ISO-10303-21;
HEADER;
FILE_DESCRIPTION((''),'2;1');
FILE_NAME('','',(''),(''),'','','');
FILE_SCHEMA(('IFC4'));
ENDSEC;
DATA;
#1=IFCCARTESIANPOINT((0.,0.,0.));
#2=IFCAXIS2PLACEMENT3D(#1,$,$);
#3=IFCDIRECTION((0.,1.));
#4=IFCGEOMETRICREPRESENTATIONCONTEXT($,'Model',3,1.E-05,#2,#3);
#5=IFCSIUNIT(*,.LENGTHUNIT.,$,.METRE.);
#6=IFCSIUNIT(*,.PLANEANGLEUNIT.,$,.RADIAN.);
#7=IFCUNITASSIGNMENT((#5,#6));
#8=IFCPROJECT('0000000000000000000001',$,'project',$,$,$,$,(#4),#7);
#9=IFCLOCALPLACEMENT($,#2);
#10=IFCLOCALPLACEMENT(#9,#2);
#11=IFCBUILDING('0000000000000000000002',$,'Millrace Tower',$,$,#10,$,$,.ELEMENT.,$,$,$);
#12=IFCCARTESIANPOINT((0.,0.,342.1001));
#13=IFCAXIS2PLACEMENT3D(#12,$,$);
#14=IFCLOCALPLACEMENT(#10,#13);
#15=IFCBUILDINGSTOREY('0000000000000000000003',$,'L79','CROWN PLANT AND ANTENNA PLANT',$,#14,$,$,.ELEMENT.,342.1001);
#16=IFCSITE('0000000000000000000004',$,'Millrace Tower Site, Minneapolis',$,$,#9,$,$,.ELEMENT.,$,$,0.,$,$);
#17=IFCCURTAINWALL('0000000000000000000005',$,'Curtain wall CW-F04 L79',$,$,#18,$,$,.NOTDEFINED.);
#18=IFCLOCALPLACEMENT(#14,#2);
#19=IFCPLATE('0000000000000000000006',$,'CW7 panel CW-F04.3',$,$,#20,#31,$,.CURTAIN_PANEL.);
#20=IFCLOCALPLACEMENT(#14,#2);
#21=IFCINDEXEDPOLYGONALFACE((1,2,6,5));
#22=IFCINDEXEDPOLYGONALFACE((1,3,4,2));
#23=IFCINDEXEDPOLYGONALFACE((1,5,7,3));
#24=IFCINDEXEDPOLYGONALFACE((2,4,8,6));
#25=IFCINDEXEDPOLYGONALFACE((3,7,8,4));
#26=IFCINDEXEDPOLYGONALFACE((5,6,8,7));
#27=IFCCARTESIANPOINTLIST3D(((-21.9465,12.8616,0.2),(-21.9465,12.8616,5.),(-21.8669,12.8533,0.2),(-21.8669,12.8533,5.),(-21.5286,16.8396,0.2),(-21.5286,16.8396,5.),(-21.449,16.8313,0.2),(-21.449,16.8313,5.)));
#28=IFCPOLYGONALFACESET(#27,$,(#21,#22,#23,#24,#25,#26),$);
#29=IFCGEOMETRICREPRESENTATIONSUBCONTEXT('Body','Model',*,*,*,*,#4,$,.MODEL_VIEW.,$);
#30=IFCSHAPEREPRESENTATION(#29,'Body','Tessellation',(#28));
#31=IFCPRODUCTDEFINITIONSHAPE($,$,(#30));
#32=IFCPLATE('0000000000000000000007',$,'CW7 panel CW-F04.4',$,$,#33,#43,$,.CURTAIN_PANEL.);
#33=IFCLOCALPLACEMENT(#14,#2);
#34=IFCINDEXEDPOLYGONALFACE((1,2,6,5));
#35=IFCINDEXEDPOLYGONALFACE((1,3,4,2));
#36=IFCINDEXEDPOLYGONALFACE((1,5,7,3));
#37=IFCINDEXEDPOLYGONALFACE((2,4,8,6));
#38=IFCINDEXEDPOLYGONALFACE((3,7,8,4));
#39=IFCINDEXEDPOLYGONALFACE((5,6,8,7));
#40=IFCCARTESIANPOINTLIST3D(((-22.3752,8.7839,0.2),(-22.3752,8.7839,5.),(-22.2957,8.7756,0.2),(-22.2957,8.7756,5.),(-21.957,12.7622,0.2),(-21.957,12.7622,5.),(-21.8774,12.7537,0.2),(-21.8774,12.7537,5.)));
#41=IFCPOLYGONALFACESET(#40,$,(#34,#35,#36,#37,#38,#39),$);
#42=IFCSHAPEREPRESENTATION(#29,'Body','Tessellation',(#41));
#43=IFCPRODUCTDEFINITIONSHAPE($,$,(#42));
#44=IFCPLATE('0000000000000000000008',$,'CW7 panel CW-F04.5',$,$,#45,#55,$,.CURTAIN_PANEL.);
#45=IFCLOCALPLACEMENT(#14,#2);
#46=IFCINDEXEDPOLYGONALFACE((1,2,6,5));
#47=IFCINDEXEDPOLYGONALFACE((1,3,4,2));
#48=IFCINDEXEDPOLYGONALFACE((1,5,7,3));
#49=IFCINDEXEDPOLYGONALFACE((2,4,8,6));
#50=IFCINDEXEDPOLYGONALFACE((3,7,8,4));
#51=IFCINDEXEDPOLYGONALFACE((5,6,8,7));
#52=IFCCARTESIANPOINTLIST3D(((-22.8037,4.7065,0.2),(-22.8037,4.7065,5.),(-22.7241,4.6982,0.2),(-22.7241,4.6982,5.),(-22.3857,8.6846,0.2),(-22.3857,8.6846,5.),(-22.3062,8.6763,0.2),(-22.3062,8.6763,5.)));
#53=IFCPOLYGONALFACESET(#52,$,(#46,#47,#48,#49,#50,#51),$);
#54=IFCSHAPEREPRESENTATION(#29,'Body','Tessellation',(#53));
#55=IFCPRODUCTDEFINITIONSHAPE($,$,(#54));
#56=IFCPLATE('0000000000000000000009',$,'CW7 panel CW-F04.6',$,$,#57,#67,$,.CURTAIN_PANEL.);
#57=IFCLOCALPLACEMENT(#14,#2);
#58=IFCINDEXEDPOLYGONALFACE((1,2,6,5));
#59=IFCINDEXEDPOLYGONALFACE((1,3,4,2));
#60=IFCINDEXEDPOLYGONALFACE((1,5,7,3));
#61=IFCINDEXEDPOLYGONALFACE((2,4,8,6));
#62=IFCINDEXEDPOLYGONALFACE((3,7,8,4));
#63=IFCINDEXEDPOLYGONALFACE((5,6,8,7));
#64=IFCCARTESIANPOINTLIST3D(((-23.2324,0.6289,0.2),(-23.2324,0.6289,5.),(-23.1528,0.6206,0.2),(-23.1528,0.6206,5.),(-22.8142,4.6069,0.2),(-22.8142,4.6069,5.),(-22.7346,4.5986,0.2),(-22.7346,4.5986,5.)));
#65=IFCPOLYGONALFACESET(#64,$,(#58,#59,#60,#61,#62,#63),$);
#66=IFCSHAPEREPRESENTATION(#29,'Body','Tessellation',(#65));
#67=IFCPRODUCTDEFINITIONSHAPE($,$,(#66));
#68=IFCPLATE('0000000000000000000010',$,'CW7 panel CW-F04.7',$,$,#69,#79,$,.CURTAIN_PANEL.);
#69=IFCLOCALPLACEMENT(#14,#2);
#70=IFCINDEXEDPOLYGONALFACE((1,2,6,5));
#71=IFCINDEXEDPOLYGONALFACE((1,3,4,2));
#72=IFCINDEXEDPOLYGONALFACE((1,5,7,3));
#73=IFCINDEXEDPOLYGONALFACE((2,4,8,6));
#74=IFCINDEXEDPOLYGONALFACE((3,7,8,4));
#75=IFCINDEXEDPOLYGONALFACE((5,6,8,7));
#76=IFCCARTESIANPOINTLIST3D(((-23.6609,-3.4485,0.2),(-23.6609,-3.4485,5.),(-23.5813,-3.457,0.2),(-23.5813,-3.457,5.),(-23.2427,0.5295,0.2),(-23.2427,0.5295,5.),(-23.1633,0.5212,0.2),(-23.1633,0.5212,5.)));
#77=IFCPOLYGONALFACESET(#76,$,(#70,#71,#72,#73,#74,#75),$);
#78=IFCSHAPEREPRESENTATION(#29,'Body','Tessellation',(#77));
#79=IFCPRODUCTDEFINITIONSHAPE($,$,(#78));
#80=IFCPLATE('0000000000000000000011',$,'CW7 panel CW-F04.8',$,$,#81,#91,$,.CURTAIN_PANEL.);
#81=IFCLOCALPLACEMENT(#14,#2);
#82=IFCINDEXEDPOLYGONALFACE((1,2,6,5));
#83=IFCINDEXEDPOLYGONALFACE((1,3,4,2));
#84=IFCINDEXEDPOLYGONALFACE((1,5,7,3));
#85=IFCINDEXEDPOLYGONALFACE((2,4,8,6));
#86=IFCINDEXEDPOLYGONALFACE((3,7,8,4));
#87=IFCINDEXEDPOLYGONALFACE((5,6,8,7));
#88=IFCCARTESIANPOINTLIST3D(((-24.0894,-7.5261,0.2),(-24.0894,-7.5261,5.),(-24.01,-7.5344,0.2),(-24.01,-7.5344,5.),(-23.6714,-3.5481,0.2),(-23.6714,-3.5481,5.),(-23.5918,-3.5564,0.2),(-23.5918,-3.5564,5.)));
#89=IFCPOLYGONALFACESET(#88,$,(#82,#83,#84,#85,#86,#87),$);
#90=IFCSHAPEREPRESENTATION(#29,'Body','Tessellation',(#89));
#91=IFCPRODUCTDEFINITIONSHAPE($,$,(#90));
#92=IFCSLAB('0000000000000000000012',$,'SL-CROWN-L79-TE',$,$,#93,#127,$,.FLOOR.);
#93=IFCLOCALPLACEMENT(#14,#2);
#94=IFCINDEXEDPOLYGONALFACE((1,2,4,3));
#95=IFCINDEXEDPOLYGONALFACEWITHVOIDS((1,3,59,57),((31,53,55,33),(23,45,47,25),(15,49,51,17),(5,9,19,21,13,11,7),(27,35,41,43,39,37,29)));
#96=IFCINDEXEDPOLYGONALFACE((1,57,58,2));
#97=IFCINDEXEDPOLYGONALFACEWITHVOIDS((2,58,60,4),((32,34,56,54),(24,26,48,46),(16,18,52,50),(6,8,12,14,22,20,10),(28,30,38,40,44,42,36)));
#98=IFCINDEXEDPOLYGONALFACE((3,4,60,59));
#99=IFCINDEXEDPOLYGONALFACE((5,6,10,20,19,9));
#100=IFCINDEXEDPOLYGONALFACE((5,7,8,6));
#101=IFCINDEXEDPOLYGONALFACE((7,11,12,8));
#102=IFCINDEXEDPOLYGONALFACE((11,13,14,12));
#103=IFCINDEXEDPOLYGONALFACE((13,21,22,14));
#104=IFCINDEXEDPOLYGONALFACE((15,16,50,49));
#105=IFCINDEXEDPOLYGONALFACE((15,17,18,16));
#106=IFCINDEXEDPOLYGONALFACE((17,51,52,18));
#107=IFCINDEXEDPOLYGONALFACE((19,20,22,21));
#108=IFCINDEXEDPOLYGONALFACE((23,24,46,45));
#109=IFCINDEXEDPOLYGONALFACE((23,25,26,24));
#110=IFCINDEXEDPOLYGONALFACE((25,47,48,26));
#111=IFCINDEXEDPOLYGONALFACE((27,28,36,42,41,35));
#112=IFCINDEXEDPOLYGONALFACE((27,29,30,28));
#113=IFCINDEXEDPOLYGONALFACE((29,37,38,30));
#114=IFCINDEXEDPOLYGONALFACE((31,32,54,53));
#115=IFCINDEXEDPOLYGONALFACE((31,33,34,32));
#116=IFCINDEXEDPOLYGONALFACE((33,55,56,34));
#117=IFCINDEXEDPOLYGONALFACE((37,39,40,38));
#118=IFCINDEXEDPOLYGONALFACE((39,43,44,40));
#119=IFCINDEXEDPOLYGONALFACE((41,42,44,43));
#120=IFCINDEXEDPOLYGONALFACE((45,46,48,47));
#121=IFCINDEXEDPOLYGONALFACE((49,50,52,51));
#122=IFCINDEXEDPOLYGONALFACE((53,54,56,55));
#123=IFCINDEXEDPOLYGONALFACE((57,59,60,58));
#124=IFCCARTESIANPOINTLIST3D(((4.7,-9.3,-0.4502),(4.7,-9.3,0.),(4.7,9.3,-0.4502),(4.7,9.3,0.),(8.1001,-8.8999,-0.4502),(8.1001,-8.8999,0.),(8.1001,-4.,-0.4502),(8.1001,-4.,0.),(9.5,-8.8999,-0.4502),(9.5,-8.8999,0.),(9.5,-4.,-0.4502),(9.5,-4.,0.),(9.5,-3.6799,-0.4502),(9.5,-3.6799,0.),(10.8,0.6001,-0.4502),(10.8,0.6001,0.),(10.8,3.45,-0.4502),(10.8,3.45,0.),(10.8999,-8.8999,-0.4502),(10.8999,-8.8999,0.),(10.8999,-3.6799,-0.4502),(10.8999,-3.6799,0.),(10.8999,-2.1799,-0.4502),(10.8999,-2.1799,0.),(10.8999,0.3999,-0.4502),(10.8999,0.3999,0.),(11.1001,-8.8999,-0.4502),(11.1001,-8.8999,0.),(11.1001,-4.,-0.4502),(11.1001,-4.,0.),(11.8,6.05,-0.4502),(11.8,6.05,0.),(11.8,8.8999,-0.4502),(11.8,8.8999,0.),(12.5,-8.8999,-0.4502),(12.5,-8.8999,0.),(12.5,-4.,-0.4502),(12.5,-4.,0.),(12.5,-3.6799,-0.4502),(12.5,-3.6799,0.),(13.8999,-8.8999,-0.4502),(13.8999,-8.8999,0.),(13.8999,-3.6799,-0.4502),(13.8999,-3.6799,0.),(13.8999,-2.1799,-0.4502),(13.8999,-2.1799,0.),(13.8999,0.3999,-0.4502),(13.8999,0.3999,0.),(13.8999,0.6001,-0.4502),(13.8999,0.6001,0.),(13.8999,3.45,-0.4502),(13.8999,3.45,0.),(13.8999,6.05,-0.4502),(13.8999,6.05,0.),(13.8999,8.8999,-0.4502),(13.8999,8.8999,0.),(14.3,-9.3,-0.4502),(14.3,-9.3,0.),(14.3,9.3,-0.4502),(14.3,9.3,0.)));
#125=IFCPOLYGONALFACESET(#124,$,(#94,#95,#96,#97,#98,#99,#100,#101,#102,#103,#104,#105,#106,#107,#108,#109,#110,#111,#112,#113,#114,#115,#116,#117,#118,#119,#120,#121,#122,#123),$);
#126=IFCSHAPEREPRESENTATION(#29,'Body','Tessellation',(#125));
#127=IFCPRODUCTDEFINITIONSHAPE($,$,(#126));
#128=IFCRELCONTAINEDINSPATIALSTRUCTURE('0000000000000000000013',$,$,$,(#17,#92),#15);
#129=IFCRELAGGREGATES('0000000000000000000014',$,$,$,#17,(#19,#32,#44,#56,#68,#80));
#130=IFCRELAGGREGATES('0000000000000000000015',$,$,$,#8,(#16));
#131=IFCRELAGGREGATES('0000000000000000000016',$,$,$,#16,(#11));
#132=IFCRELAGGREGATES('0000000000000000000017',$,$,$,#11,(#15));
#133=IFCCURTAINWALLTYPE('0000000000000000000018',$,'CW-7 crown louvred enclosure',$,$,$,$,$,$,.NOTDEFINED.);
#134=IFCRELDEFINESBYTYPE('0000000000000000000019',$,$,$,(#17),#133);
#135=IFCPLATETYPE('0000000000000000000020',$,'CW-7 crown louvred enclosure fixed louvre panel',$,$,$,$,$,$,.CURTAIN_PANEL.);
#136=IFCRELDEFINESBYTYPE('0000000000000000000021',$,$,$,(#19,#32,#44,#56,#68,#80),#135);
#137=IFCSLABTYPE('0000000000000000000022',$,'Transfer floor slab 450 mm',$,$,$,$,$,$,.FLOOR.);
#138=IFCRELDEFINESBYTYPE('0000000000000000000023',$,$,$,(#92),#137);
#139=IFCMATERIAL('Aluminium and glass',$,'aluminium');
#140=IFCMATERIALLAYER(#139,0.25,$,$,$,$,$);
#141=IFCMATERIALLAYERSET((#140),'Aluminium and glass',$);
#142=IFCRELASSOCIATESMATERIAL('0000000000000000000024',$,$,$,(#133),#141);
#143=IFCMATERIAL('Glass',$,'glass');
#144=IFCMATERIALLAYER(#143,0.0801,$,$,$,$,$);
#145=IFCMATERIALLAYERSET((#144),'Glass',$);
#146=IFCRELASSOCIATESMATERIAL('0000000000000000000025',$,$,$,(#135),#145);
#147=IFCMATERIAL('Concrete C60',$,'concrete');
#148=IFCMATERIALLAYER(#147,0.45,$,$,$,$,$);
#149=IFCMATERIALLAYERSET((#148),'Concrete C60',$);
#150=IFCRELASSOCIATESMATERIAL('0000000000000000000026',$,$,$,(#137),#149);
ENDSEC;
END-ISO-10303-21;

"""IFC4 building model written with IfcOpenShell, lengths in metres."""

from ifc_helpers import new_model, si_unit, direction, frame, origin, place, context, subcontext, project, spatial, polyline, outline, extrude, material, layer, layer_set, type_object, element, aggregate, save


model = new_model("IFC4")

# Units and contexts
model_context = context("Model", 3, precision=1e-05, world=origin(), true_north=direction((0.0, 1.0)))
body_context = subcontext(model_context, "Body", "Model", "MODEL_VIEW")
ifc_project = project(units=[si_unit("LENGTHUNIT", "METRE"), si_unit("PLANEANGLEUNIT", "RADIAN")], contexts=[model_context])

# Site, building, storey
site_placement = place(None, origin())
site = spatial("IfcSite", under=ifc_project, at=site_placement, Name="Millrace Tower Site, Minneapolis", CompositionType="ELEMENT", RefElevation=0.0)
building_placement = place(site_placement, origin())
building = spatial("IfcBuilding", under=site, at=building_placement, Name="Millrace Tower", CompositionType="ELEMENT")
storey_placement = place(building_placement, frame((0.0, 0.0, 342.1001)))
storey = spatial("IfcBuildingStorey", under=building, at=storey_placement, Name="L79", Description="CROWN PLANT AND ANTENNA PLANT", CompositionType="ELEMENT", Elevation=342.1001)

# Shared definitions
ifc_material_1 = material(Name="Aluminium and glass", Category="aluminium")
ifc_layer_1 = layer(ifc_material_1, 0.25)
ifc_layer_set_1 = layer_set([ifc_layer_1], Name="Aluminium and glass")
curtain_wall_type = type_object("IfcCurtainWallType", Name="CW-7 crown louvred enclosure", PredefinedType="NOTDEFINED", material=ifc_layer_set_1)
placement_1 = place(storey_placement, origin())
ifc_material_2 = material(Name="Glass", Category="glass")
ifc_layer_2 = layer(ifc_material_2, 0.0801)
ifc_layer_set_2 = layer_set([ifc_layer_2], Name="Glass")
plate_type = type_object("IfcPlateType", Name="CW-7 crown louvred enclosure fixed louvre panel", PredefinedType="CURTAIN_PANEL", material=ifc_layer_set_2)
placement_2 = place(storey_placement, frame((0.0, 0.0, 0.2)))

# Curtain wall, plates
curtain_wall_1 = element("IfcCurtainWall", 1, at=placement_1, inside=storey, type_object=curtain_wall_type, Name="Curtain wall CW-F04 L79", PredefinedType="NOTDEFINED")
plate_1 = element("IfcPlate", 2, at=placement_2, type_object=plate_type, Name="CW7 panel CW-F04.3", PredefinedType="CURTAIN_PANEL", context=body_context, shape_type="SweptSolid", body=[
    extrude(outline(polyline([(-21.5286, 16.8396), (-21.9465, 12.8616), (-21.8669, 12.8533), (-21.449, 16.8313), (-21.5286, 16.8396)])), origin(), (0.0, 0.0, 1.0), 4.8),
])
plate_2 = element("IfcPlate", 3, at=placement_2, type_object=plate_type, Name="CW7 panel CW-F04.4", PredefinedType="CURTAIN_PANEL", context=body_context, shape_type="SweptSolid", body=[
    extrude(outline(polyline([(-21.957, 12.7622), (-22.3752, 8.7839), (-22.2957, 8.7756), (-21.8774, 12.7537), (-21.957, 12.7622)])), origin(), (0.0, 0.0, 1.0), 4.8),
])
plate_3 = element("IfcPlate", 4, at=placement_2, type_object=plate_type, Name="CW7 panel CW-F04.5", PredefinedType="CURTAIN_PANEL", context=body_context, shape_type="SweptSolid", body=[
    extrude(outline(polyline([(-22.3857, 8.6846), (-22.8037, 4.7065), (-22.7241, 4.6982), (-22.3062, 8.6763), (-22.3857, 8.6846)])), origin(), (0.0, 0.0, 1.0), 4.8),
])
plate_4 = element("IfcPlate", 5, at=placement_2, type_object=plate_type, Name="CW7 panel CW-F04.6", PredefinedType="CURTAIN_PANEL", context=body_context, shape_type="SweptSolid", body=[
    extrude(outline(polyline([(-22.8142, 4.6069), (-23.2324, 0.6289), (-23.1528, 0.6206), (-22.7346, 4.5986), (-22.8142, 4.6069)])), origin(), (0.0, 0.0, 1.0), 4.8),
])
plate_5 = element("IfcPlate", 6, at=placement_2, type_object=plate_type, Name="CW7 panel CW-F04.7", PredefinedType="CURTAIN_PANEL", context=body_context, shape_type="SweptSolid", body=[
    extrude(outline(polyline([(-23.2427, 0.5295), (-23.6609, -3.4485), (-23.5813, -3.457), (-23.1633, 0.5212), (-23.2427, 0.5295)])), origin(), (0.0, 0.0, 1.0), 4.8),
])
plate_6 = element("IfcPlate", 7, at=placement_2, type_object=plate_type, Name="CW7 panel CW-F04.8", PredefinedType="CURTAIN_PANEL", context=body_context, shape_type="SweptSolid", body=[
    extrude(outline(polyline([(-23.6714, -3.5481), (-24.0894, -7.5261), (-24.01, -7.5344), (-23.5918, -3.5564), (-23.6714, -3.5481)])), origin(), (0.0, 0.0, 1.0), 4.8),
])
aggregate(curtain_wall_1, [plate_1, plate_2, plate_3, plate_4, plate_5, plate_6])

# Slab
ifc_material_3 = material(Name="Concrete C60", Category="concrete")
ifc_layer_3 = layer(ifc_material_3, 0.45)
ifc_layer_set_3 = layer_set([ifc_layer_3], Name="Concrete C60")
slab_type = type_object("IfcSlabType", Name="Transfer floor slab 450 mm", PredefinedType="FLOOR", material=ifc_layer_set_3)
slab_placement = place(storey_placement, frame((0.0, 0.0, -0.4502)))
element("IfcSlab", 8, at=slab_placement, inside=storey, type_object=slab_type, Name="SL-CROWN-L79-TE", PredefinedType="FLOOR", context=body_context, shape_type="SweptSolid", body=[
    extrude(outline(polyline([(4.7, -9.3), (14.3, -9.3), (14.3, 9.3), (4.7, 9.3), (4.7, -9.3)]), holes=[polyline([(11.8, 6.05), (13.8999, 6.05), (13.8999, 8.8999), (11.8, 8.8999), (11.8, 6.05)]), polyline([(10.8, 0.6001), (13.8999, 0.6001), (13.8999, 3.45), (10.8, 3.45), (10.8, 0.6001)]), polyline([(10.8999, -2.1799), (13.8999, -2.1799), (13.8999, 0.3999), (10.8999, 0.3999), (10.8999, -2.1799)]), polyline([(11.1001, -8.8999), (12.5, -8.8999), (13.8999, -8.8999), (13.8999, -3.6799), (12.5, -3.6799), (12.5, -4.0), (11.1001, -4.0), (11.1001, -8.8999)]), polyline([(8.1001, -8.8999), (9.5, -8.8999), (10.8999, -8.8999), (10.8999, -3.6799), (9.5, -3.6799), (9.5, -4.0), (8.1001, -4.0), (8.1001, -8.8999)])]), origin(), (0.0, 0.0, 1.0), 0.4502),
])

save(model, "model.ifc")
